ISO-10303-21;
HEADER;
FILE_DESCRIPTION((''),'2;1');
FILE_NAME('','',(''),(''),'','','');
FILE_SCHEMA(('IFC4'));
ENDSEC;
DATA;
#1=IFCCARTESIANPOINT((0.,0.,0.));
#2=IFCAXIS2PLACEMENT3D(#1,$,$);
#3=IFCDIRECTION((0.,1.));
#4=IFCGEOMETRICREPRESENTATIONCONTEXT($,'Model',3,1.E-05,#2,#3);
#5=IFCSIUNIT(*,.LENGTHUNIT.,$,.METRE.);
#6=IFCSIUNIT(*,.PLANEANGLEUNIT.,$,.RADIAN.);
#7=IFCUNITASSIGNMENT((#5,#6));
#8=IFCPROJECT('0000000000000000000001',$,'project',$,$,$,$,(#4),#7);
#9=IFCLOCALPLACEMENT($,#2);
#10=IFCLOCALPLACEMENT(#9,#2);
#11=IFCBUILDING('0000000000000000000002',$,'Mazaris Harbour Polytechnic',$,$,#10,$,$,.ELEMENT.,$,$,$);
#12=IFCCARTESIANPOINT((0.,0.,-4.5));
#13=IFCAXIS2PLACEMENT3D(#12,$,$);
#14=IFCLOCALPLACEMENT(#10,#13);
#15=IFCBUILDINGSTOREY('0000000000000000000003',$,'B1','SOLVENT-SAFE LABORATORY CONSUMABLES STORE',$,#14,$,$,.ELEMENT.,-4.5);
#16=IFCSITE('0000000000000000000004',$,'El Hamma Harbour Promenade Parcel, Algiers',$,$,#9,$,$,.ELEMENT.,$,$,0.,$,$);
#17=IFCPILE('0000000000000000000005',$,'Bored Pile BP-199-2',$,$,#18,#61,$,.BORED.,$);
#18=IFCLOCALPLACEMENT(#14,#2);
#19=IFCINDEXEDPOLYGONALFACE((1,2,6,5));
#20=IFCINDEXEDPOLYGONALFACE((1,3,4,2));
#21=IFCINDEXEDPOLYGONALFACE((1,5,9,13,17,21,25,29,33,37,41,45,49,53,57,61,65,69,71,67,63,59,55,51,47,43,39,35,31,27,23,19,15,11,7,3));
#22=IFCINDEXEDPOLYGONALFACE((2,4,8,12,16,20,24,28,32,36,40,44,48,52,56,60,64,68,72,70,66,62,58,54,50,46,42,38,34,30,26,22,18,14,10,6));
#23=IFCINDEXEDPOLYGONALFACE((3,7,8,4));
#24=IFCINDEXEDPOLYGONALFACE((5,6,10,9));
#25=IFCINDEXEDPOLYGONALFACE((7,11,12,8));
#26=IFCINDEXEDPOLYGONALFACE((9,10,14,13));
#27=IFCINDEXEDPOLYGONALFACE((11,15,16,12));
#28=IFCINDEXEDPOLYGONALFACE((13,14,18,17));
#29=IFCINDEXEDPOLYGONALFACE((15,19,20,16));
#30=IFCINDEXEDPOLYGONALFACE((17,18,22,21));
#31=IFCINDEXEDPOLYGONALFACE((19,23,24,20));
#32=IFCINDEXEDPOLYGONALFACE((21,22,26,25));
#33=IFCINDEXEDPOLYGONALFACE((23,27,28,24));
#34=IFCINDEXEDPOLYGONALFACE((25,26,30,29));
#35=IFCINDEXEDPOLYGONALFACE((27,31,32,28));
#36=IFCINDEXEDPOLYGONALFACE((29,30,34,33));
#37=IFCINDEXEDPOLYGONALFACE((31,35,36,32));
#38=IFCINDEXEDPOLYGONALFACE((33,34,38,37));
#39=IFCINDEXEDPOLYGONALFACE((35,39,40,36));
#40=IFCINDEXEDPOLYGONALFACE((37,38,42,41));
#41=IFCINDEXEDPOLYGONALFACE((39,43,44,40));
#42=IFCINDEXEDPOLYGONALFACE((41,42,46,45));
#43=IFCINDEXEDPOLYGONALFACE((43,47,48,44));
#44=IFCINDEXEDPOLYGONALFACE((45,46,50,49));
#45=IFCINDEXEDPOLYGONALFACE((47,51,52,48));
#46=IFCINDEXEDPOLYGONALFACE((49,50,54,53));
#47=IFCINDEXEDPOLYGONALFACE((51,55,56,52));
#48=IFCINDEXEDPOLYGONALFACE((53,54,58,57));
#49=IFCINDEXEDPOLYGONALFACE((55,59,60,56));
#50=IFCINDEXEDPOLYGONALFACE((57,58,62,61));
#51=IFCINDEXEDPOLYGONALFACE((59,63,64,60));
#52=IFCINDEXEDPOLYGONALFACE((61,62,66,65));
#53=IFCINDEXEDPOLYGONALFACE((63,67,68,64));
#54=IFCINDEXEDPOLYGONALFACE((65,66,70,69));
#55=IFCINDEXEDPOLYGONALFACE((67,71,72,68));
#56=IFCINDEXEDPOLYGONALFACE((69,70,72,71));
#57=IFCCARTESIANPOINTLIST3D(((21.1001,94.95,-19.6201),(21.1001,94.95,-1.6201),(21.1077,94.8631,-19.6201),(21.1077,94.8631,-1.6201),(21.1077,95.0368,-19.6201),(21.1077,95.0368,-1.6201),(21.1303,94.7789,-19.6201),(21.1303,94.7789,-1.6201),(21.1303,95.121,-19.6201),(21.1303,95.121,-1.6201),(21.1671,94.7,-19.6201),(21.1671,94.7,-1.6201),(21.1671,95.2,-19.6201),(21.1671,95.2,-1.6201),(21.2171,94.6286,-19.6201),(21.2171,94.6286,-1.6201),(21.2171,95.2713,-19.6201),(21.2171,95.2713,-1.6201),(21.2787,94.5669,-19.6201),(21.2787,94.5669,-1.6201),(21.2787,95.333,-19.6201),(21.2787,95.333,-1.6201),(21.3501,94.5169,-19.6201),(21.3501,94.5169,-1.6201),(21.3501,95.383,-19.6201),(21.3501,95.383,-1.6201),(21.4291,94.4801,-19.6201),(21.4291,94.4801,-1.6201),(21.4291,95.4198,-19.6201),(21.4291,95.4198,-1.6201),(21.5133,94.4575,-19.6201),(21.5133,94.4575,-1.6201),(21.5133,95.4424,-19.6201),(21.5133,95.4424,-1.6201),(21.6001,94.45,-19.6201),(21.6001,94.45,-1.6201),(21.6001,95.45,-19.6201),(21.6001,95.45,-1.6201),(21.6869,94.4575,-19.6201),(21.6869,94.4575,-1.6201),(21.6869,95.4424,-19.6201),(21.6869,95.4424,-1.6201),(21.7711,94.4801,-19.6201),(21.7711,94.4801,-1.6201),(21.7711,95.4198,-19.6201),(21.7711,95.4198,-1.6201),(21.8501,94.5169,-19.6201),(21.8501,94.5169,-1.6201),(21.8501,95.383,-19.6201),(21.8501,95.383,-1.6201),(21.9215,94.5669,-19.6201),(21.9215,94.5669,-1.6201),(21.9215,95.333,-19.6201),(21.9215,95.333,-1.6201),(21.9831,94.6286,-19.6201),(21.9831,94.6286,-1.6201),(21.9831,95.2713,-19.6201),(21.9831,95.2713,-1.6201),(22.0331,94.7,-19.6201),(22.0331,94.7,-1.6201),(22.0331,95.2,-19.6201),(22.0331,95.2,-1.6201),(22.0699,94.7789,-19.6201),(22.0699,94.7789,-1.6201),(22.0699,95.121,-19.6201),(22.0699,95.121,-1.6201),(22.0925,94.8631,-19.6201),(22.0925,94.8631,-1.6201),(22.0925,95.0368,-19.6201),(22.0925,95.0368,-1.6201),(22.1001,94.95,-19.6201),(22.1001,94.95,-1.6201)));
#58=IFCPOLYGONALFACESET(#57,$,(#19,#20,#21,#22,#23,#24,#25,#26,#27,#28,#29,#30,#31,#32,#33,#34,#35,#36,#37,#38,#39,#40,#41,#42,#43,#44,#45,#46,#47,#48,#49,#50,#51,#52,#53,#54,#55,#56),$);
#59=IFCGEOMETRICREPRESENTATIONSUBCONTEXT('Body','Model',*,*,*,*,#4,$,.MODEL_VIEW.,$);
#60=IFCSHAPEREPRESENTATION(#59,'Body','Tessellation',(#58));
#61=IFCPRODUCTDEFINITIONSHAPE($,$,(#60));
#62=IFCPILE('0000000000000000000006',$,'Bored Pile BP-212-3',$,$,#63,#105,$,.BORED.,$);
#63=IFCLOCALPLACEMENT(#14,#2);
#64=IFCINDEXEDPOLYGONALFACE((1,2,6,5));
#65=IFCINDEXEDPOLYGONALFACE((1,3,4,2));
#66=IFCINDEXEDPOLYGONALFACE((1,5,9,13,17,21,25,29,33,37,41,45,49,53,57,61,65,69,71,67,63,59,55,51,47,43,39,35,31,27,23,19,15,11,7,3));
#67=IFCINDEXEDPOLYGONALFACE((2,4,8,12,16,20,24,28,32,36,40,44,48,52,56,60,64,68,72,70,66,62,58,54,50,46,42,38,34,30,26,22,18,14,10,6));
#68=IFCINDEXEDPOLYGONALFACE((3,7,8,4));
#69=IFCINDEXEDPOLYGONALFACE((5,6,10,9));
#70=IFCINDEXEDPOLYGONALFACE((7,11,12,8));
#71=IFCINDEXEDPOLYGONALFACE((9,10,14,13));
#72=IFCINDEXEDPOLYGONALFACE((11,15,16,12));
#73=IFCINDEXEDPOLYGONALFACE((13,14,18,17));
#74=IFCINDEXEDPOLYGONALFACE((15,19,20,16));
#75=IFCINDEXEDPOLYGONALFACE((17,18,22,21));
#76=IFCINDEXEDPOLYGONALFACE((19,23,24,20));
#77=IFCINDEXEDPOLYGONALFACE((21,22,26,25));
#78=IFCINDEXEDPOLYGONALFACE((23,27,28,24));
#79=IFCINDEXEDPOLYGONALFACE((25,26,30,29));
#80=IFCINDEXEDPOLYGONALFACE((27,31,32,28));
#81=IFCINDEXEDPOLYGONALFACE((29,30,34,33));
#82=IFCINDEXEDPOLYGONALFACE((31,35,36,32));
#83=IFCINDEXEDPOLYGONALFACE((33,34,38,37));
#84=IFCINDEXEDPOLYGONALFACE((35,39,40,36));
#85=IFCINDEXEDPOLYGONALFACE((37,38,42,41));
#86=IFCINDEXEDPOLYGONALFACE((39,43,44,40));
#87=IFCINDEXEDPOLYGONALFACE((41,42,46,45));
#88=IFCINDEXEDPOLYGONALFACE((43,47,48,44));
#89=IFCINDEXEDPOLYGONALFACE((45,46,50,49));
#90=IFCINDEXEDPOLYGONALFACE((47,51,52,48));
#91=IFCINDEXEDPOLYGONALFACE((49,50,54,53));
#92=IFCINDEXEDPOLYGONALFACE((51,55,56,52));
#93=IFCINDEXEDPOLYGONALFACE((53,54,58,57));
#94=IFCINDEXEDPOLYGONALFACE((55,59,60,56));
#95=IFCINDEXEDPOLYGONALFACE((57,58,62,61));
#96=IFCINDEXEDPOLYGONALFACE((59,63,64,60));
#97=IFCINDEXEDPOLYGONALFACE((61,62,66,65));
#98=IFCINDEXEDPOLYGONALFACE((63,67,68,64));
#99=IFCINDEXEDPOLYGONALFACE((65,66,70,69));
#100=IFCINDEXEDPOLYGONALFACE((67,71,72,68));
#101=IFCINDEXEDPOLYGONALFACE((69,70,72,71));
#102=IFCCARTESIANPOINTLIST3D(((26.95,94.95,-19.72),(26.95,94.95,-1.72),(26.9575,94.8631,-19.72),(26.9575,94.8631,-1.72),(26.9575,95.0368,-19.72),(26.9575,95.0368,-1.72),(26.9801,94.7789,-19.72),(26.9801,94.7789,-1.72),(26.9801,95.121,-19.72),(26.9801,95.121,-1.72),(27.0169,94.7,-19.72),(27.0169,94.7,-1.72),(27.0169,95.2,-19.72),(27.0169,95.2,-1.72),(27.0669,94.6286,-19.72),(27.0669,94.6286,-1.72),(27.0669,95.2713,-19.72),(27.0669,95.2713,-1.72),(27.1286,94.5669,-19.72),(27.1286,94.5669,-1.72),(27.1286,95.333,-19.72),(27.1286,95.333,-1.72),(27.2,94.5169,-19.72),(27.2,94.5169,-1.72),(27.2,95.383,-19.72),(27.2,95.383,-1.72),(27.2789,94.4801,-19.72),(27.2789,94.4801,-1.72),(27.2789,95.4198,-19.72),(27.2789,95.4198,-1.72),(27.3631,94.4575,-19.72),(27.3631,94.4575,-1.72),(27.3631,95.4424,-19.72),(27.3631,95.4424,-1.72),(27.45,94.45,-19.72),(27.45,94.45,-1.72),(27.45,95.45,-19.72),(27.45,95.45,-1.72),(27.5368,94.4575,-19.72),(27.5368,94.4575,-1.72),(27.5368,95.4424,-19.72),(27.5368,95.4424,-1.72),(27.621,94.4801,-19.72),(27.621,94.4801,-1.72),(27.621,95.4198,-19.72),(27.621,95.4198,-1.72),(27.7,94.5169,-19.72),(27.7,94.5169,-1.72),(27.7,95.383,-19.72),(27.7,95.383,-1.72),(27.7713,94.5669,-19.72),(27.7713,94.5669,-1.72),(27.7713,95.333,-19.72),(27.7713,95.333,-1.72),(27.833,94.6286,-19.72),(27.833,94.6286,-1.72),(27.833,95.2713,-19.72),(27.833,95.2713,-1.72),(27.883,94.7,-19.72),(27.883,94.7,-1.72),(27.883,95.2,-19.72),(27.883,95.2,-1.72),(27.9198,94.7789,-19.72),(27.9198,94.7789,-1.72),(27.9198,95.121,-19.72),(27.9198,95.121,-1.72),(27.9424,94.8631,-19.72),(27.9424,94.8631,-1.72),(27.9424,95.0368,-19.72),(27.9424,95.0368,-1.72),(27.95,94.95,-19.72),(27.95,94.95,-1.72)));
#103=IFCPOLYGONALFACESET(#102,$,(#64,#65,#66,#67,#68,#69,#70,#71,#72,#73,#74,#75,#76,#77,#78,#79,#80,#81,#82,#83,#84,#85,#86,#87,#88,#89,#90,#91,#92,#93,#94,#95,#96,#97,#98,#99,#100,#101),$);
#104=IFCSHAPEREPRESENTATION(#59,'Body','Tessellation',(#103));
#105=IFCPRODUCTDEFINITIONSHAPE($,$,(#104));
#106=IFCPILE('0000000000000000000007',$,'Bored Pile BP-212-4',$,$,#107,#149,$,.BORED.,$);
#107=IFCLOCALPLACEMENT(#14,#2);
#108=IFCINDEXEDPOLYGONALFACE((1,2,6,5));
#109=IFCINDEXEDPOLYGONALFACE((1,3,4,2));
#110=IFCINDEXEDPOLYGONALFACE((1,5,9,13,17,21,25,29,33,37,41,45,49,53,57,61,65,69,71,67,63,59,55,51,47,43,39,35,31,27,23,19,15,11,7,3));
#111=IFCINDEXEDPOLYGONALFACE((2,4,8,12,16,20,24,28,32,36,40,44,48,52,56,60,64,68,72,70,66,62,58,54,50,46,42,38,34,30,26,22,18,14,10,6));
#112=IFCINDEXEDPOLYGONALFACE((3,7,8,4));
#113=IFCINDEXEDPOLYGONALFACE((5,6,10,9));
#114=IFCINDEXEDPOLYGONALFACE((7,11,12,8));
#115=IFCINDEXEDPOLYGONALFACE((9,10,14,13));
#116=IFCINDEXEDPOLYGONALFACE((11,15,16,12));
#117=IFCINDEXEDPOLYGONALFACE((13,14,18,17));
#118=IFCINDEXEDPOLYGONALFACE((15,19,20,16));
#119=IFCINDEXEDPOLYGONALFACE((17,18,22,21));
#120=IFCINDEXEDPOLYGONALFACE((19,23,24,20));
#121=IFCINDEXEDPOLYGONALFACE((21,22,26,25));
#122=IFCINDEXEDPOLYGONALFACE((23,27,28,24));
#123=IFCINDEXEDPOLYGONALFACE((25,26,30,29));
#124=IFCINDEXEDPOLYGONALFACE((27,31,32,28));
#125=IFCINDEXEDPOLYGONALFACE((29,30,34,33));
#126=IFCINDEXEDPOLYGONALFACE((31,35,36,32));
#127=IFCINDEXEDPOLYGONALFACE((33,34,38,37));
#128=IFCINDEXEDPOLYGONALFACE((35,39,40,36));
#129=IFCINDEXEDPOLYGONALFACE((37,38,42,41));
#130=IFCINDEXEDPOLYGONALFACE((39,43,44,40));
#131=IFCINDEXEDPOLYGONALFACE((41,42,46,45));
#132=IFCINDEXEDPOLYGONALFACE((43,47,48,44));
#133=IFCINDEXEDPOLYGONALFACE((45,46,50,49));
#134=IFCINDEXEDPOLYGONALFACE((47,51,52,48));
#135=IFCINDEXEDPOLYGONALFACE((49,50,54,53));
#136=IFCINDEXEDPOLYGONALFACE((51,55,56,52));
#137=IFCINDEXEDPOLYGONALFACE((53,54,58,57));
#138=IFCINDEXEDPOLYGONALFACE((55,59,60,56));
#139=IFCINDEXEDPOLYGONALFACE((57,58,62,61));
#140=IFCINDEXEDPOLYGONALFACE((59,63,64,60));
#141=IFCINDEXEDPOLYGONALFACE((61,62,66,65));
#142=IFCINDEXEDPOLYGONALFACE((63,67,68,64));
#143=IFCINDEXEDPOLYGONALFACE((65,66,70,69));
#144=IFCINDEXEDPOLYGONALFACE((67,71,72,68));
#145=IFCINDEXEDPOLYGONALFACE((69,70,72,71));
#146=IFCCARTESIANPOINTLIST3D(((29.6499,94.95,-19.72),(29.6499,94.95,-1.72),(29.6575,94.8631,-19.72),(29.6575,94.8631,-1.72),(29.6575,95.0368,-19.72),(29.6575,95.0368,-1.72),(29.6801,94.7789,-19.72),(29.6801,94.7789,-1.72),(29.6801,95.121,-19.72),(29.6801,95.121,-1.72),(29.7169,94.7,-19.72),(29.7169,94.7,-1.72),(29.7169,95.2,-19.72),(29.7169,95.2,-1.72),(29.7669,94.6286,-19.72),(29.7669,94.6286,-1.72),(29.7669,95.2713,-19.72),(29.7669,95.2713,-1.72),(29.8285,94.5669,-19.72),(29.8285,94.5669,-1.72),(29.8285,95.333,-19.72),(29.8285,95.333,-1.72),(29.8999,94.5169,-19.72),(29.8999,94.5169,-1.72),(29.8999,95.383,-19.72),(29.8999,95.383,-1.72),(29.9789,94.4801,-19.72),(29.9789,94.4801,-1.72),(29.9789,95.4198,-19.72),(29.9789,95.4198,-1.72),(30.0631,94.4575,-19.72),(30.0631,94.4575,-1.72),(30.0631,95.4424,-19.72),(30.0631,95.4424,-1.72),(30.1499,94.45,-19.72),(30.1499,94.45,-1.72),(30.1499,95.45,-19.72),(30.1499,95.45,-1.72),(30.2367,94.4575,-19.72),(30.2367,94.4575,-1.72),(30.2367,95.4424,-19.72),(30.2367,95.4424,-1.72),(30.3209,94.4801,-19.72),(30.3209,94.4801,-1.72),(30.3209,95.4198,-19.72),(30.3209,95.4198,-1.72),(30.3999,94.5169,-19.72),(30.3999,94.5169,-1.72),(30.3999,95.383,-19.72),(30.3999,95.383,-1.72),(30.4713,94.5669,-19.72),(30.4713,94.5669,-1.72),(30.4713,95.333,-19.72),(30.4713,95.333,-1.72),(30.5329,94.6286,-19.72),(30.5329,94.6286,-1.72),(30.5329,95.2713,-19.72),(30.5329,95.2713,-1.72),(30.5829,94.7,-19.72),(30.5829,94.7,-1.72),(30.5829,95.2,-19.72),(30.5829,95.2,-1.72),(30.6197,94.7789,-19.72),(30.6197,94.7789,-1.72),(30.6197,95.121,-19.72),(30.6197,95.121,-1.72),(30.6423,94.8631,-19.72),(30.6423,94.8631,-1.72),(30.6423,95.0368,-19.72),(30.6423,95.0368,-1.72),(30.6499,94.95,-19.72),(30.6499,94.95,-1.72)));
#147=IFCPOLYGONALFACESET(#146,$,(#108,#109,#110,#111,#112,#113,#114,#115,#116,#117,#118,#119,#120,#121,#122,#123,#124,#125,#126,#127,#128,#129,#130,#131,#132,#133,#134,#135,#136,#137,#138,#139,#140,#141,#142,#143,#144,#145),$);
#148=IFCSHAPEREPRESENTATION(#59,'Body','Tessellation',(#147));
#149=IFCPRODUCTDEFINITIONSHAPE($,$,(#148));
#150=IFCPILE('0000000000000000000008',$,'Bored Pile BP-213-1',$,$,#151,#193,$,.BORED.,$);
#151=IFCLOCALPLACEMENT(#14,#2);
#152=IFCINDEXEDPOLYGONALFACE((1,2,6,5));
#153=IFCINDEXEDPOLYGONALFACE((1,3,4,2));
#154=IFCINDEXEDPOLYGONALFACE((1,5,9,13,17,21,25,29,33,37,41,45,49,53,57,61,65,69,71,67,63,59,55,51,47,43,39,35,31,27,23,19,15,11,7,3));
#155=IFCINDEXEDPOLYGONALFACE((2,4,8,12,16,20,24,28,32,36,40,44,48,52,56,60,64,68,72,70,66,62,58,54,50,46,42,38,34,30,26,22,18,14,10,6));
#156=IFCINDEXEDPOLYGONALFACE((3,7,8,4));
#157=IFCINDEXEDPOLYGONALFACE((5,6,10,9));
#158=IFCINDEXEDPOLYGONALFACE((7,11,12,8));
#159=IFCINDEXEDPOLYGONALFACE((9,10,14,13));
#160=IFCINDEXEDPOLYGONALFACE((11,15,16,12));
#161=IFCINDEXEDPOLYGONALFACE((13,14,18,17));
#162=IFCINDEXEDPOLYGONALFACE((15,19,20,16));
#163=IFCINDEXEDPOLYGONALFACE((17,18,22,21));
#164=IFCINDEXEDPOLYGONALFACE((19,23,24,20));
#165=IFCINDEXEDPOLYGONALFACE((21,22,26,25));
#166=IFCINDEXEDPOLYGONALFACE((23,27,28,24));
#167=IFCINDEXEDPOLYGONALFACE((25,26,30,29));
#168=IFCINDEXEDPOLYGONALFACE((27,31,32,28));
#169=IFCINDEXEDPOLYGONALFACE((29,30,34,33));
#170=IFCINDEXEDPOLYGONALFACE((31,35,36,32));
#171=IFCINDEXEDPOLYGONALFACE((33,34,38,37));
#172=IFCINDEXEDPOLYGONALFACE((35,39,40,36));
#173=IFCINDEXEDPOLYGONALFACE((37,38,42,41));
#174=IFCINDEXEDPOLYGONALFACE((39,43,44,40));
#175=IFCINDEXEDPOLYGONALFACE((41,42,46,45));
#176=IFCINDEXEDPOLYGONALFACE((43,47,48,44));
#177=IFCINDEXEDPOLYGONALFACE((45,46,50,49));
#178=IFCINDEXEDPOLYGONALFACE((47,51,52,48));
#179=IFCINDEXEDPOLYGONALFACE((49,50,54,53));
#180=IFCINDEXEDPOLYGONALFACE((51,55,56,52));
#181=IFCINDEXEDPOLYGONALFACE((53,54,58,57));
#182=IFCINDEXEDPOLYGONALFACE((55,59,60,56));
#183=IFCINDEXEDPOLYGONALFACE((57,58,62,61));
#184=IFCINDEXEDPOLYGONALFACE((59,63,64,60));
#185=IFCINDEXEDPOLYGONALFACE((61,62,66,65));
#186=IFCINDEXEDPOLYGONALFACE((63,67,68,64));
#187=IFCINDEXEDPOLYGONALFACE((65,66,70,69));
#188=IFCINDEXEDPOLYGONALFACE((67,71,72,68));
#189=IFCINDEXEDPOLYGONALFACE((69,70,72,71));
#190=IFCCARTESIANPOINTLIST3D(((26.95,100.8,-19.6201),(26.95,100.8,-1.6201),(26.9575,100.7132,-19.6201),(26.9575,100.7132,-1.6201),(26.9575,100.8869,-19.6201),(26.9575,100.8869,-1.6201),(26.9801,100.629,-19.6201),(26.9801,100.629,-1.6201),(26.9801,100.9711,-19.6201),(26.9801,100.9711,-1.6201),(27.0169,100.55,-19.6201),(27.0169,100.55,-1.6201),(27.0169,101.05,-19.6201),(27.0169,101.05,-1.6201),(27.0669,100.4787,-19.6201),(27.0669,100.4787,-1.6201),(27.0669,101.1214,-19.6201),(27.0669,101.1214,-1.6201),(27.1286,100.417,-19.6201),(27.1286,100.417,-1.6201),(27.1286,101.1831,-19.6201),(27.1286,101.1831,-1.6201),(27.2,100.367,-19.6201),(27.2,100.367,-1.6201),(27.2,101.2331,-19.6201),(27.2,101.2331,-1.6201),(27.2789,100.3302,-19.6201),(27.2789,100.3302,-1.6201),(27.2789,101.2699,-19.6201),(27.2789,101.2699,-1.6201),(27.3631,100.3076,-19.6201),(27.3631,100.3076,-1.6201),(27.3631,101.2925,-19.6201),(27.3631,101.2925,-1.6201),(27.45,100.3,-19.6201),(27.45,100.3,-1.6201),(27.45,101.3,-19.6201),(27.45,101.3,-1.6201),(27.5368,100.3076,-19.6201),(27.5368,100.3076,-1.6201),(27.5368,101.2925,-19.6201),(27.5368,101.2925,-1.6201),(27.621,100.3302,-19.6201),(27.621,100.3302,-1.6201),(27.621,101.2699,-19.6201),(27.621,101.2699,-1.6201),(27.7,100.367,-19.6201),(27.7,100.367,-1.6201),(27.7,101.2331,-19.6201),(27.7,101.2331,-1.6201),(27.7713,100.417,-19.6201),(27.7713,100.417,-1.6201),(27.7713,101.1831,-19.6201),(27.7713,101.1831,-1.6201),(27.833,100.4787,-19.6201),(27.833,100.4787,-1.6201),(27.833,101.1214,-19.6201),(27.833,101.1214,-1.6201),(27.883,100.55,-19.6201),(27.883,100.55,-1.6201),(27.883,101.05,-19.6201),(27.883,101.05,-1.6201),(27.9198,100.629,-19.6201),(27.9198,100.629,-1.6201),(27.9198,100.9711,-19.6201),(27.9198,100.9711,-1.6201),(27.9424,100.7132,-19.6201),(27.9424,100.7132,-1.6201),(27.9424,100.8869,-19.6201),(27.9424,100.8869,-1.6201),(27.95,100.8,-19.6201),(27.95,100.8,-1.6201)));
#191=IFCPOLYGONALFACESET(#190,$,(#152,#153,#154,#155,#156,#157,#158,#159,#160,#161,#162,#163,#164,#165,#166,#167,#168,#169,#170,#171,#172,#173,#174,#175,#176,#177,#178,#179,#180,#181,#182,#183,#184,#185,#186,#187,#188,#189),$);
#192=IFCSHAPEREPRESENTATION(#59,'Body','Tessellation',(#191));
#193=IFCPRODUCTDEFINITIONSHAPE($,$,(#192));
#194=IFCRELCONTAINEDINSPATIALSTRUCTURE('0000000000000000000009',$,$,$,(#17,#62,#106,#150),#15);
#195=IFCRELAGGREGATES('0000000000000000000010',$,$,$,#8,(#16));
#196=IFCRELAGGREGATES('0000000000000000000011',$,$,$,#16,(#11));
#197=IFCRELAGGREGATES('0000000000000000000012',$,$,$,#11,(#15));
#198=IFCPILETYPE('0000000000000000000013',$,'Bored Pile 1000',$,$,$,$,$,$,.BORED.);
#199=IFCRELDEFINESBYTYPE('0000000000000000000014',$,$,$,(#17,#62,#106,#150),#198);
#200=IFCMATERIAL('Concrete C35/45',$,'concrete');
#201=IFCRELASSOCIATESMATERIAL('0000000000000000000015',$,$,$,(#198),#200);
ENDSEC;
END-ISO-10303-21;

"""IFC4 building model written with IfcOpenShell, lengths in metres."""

from ifc_helpers import new_model, si_unit, direction, frame, origin, origin_2d, place, context, subcontext, project, spatial, circle, extrude, material, material_profile, profile_set, type_object, element, save


model = new_model("IFC4")

# Units and contexts
model_context = context("Model", 3, precision=1e-05, world=origin(), true_north=direction((0.0, 1.0)))
body_context = subcontext(model_context, "Body", "Model", "MODEL_VIEW")
ifc_project = project(units=[si_unit("LENGTHUNIT", "METRE"), si_unit("PLANEANGLEUNIT", "RADIAN")], contexts=[model_context])

# Site, building, storey
site_placement = place(None, origin())
site = spatial("IfcSite", under=ifc_project, at=site_placement, Name="El Hamma Harbour Promenade Parcel, Algiers", CompositionType="ELEMENT", RefElevation=0.0)
building_placement = place(site_placement, origin())
building = spatial("IfcBuilding", under=site, at=building_placement, Name="Mazaris Harbour Polytechnic", CompositionType="ELEMENT")
storey_placement = place(building_placement, frame((0.0, 0.0, -4.5)))
storey = spatial("IfcBuildingStorey", under=building, at=storey_placement, Name="B1", Description="SOLVENT-SAFE LABORATORY CONSUMABLES STORE", CompositionType="ELEMENT", Elevation=-4.5)

# Piles
ifc_material_1 = material(Name="Concrete C35/45", Category="concrete")
ifc_material_profile_1 = material_profile(ifc_material_1, circle(Radius=0.5, at=origin_2d()), Name="DIA1000")
ifc_profile_set_1 = profile_set([ifc_material_profile_1], Name="Concrete C35/45")
pile_type_1 = type_object("IfcPileType", Name="Bored Pile 1000", PredefinedType="BORED", material=ifc_profile_set_1)
for number, where, z_axis, x_axis, name in (
    (1, (21.6001, 94.95, -1.6201), (0.0, 0.0, -1.0), (1.0, 0.0, 0.0), "Bored Pile BP-199-2"),
    (2, (27.45, 94.95, -1.72), (0.0, 0.0, -1.0), (1.0, 0.0, 0.0), "Bored Pile BP-212-3"),
    (3, (30.1499, 94.95, -1.72), (0.0, 0.0, -1.0), (1.0, 0.0, 0.0), "Bored Pile BP-212-4"),
    (4, (27.45, 100.8, -1.6201), (0.0, 0.0, -1.0), (1.0, 0.0, 0.0), "Bored Pile BP-213-1"),
):
    element("IfcPile", number, at=place(storey_placement, frame(where, z_axis=z_axis, x_axis=x_axis)), inside=storey, type_object=pile_type_1, Name=name, PredefinedType="BORED", context=body_context, shape_type="SweptSolid", body=[
        extrude(circle(Radius=0.5, at=origin_2d()), origin(), (0.0, 0.0, 1.0), 18.0),
    ])

save(model, "model.ifc")
